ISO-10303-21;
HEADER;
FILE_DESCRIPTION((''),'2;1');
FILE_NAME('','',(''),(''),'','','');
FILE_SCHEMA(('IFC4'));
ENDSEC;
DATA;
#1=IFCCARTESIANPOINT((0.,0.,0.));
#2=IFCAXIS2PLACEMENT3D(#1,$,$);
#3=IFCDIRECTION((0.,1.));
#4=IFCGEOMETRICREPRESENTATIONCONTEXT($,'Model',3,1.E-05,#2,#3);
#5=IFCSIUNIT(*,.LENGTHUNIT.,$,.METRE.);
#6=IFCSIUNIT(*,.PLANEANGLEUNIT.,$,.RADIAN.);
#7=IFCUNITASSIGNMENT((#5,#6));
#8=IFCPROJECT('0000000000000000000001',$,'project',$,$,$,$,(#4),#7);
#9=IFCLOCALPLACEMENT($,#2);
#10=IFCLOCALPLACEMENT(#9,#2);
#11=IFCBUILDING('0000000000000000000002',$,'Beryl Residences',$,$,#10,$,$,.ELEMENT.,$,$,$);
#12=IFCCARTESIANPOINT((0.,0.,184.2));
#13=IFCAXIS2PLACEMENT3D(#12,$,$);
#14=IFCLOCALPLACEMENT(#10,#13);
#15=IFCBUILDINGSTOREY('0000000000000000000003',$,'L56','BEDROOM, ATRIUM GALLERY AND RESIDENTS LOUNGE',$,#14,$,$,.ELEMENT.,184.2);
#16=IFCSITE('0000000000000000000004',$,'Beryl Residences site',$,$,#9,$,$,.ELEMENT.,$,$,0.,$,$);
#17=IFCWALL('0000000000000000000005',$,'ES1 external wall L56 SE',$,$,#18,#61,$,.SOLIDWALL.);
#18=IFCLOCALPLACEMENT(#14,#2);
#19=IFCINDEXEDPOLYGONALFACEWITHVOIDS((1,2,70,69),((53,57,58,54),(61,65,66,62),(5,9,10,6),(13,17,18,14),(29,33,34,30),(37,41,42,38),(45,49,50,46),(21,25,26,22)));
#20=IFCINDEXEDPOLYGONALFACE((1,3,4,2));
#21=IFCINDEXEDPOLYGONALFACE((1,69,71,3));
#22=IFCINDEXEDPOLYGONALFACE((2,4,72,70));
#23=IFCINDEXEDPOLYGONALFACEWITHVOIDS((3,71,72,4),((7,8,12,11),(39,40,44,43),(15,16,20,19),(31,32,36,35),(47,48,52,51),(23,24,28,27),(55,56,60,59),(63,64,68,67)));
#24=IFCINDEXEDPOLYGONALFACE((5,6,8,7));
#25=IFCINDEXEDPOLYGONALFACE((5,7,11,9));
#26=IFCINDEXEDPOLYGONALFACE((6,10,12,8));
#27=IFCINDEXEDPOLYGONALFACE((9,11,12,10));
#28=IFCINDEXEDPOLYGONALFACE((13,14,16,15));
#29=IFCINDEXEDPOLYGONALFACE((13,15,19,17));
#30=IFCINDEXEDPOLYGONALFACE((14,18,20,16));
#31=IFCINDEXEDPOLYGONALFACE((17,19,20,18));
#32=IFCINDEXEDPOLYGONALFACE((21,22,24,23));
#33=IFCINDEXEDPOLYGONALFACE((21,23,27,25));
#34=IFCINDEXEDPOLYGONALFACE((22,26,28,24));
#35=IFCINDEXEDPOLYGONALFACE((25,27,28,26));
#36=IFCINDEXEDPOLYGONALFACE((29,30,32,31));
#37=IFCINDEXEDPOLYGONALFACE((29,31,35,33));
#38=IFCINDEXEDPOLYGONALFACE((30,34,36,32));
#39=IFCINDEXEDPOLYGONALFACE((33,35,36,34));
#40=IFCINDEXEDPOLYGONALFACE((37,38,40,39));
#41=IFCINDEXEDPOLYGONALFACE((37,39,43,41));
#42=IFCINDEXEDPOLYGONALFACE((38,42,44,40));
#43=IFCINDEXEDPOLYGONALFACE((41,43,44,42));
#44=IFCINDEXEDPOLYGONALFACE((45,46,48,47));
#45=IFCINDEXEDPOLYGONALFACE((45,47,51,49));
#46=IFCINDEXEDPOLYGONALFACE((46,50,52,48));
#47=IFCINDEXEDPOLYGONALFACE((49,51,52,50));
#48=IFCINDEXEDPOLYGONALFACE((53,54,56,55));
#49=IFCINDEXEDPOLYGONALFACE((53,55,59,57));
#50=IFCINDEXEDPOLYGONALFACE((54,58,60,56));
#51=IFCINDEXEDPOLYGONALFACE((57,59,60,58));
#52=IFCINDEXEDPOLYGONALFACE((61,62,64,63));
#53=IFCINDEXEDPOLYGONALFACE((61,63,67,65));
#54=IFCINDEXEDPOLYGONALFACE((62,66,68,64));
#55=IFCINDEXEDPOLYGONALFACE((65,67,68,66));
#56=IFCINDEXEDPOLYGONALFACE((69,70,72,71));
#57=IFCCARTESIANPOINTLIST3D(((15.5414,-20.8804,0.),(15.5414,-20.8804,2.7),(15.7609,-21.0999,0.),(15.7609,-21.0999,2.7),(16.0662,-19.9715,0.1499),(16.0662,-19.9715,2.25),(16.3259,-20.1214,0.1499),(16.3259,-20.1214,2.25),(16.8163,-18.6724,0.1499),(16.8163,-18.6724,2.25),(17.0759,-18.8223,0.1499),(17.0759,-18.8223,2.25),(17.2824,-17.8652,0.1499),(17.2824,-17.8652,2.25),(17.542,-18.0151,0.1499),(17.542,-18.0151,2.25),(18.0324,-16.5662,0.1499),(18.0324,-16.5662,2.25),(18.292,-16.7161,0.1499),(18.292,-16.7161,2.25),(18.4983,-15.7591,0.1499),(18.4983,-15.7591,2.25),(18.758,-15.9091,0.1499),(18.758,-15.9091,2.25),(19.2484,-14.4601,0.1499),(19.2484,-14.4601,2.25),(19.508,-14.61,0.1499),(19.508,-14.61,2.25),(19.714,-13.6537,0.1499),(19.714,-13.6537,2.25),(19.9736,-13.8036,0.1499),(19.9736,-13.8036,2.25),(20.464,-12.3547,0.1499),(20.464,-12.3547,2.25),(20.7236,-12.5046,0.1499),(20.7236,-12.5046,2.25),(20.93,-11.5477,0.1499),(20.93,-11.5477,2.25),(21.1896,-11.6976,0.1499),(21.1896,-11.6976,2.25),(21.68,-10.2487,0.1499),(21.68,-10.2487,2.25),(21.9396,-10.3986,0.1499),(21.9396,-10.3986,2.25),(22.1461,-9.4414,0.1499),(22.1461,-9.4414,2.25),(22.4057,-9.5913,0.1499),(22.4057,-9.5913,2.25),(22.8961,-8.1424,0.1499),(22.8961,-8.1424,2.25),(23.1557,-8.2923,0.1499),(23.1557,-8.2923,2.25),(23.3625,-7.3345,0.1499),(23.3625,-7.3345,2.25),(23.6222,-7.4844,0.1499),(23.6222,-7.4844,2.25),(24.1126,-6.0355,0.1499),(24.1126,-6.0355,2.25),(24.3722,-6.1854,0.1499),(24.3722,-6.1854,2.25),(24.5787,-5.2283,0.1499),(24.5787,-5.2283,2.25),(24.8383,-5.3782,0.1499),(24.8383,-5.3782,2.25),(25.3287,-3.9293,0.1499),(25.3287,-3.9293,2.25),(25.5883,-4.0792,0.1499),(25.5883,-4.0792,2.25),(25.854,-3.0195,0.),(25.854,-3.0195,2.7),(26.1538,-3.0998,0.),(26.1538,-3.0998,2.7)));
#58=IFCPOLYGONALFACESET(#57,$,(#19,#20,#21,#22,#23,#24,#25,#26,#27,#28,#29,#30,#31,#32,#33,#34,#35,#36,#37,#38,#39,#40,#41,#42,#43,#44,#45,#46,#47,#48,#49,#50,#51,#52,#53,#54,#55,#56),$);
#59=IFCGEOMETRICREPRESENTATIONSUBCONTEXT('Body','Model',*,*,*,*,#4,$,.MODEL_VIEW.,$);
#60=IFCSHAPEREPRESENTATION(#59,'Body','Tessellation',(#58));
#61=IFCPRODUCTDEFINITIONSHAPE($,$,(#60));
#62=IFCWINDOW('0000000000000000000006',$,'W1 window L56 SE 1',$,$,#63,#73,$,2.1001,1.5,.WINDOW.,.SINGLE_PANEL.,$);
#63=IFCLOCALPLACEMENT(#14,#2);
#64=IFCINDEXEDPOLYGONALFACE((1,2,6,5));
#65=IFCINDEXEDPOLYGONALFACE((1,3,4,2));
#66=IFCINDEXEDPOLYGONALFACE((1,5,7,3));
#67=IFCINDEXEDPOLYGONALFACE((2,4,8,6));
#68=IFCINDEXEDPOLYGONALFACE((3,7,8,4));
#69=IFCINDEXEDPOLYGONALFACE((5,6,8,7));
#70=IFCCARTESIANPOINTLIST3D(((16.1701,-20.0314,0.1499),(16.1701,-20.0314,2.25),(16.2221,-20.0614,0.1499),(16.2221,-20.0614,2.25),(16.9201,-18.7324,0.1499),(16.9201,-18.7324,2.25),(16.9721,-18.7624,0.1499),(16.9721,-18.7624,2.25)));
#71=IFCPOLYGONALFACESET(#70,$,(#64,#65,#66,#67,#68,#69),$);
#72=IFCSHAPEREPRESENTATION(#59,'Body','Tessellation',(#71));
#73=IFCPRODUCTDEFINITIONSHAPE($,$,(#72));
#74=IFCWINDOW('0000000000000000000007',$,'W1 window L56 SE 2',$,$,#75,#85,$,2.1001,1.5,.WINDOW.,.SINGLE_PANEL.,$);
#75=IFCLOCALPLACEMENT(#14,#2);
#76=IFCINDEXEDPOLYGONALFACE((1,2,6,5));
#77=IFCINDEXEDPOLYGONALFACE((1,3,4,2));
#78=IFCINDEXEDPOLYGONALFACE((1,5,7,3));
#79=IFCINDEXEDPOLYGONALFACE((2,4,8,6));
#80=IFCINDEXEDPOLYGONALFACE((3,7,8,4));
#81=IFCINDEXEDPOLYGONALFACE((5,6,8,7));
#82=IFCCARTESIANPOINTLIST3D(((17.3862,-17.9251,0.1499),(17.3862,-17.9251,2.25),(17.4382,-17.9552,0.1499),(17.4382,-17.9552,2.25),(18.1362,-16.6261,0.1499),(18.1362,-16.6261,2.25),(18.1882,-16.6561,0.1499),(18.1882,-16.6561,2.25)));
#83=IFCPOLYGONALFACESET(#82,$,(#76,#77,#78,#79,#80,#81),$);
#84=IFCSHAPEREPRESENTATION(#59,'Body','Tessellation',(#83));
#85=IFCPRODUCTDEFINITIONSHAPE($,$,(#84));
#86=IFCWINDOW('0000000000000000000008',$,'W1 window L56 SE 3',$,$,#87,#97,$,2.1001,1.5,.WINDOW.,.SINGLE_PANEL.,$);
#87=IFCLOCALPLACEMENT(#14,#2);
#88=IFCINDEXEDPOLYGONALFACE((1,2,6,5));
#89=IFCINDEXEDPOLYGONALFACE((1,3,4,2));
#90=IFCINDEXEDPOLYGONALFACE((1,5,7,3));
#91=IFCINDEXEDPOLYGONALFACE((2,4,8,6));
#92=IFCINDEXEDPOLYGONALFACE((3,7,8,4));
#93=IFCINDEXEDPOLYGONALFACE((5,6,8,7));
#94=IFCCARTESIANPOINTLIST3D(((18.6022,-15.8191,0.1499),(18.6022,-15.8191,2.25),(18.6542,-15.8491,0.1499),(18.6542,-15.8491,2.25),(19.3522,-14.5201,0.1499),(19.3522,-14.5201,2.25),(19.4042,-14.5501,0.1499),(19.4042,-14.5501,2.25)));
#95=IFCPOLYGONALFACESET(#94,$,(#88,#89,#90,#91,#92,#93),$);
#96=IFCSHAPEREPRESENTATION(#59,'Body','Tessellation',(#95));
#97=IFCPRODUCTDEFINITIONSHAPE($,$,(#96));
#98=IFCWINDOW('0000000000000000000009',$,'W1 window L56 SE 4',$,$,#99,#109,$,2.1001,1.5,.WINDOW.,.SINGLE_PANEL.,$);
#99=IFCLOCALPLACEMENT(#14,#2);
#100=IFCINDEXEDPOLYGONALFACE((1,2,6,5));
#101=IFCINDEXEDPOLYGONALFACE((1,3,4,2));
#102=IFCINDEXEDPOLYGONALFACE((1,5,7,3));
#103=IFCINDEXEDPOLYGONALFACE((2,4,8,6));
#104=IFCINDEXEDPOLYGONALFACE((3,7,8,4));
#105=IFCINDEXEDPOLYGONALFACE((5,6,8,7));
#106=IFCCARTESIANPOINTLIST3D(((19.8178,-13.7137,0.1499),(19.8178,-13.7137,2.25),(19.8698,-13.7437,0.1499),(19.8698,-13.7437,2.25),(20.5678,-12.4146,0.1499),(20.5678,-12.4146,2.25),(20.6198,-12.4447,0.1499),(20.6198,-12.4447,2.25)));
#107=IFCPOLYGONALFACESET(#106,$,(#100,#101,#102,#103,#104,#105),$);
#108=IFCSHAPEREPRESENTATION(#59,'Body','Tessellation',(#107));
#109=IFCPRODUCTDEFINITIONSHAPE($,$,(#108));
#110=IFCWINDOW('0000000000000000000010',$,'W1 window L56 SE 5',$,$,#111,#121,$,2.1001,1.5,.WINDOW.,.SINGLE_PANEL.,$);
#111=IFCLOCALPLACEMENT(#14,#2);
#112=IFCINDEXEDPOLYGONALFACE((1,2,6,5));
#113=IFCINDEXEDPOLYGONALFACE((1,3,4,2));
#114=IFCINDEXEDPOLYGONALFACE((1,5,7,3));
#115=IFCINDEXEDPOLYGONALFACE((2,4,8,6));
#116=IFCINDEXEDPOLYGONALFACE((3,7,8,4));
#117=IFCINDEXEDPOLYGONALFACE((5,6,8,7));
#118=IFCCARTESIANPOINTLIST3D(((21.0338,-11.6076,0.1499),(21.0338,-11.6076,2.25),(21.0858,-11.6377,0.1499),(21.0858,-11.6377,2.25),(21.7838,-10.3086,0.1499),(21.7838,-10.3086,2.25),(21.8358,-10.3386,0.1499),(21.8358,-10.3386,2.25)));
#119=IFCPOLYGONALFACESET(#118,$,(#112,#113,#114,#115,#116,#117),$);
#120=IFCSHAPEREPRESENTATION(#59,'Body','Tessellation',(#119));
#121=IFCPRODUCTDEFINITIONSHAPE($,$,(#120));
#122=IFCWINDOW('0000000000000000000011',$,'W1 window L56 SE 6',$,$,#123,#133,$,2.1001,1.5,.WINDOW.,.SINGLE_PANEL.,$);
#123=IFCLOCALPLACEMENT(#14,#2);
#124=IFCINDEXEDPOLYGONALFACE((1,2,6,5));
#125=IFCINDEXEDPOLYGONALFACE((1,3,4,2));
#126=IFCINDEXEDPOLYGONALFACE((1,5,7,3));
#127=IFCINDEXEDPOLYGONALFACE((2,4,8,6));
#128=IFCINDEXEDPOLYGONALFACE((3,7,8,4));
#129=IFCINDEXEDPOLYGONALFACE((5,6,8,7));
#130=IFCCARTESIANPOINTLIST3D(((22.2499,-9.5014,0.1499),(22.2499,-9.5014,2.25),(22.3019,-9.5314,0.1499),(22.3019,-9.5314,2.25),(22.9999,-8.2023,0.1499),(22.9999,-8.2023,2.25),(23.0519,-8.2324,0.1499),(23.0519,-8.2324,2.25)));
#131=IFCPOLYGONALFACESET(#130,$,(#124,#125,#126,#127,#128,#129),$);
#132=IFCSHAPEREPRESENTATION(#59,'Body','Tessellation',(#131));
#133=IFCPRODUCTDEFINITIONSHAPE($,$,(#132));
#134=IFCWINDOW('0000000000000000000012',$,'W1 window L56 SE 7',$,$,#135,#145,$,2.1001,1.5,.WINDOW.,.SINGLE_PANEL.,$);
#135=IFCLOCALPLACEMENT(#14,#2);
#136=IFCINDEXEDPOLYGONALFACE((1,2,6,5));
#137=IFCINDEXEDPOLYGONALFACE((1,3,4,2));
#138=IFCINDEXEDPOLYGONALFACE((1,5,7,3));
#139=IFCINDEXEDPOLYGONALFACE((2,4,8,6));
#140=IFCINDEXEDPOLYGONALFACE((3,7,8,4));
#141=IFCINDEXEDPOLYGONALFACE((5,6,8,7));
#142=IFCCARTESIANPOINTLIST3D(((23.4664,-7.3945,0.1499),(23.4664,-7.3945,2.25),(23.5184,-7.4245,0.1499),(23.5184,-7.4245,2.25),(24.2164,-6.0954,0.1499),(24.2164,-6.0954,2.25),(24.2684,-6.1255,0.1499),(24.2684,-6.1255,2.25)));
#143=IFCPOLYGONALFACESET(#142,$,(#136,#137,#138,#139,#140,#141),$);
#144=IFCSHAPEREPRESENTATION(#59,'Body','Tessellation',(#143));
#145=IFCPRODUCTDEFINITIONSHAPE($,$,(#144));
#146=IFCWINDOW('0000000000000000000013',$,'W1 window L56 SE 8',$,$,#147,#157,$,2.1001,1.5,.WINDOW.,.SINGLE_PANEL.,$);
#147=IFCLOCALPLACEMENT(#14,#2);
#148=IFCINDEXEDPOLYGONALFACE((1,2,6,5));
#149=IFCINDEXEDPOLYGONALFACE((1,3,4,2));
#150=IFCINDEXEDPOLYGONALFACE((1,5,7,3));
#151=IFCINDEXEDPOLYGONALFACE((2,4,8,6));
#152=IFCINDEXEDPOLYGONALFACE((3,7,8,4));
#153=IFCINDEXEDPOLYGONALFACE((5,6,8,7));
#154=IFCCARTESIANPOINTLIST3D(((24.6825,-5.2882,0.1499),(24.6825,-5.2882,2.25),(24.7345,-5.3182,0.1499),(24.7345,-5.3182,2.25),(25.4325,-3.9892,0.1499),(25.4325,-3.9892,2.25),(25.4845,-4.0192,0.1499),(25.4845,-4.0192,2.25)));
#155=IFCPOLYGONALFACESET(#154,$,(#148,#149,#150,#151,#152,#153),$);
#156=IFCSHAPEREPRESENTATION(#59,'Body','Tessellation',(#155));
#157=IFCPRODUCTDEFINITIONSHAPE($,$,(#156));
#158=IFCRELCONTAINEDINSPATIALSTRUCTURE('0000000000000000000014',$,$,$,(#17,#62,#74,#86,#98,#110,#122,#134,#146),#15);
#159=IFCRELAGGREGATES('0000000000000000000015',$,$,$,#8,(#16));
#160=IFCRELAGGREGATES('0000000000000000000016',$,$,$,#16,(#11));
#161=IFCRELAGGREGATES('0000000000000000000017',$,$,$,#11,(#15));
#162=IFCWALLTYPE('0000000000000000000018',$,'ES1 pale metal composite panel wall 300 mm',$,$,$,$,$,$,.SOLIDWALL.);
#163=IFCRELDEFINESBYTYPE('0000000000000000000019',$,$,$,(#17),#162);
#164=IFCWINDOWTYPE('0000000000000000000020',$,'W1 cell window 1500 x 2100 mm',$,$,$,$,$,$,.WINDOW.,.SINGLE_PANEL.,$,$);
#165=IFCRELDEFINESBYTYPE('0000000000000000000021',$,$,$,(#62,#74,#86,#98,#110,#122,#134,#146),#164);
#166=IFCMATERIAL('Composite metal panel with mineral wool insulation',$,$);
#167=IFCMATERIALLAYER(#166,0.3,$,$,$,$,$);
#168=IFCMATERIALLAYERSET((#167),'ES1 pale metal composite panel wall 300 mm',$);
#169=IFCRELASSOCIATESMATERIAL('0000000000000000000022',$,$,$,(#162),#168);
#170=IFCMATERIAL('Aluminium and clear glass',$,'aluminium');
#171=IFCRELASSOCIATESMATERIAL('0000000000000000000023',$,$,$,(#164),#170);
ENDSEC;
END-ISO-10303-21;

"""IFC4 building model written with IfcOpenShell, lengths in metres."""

from ifc_helpers import new_model, si_unit, direction, frame, frame_2d, origin, place, context, subcontext, project, spatial, polyline, rectangle, outline, extrude, material, layer, layer_set, type_object, element, fill, save


model = new_model("IFC4")

# Units and contexts
model_context = context("Model", 3, precision=1e-05, world=origin(), true_north=direction((0.0, 1.0)))
body_context = subcontext(model_context, "Body", "Model", "MODEL_VIEW")
ifc_project = project(units=[si_unit("LENGTHUNIT", "METRE"), si_unit("PLANEANGLEUNIT", "RADIAN")], contexts=[model_context])

# Site, building, storey
site_placement = place(None, origin())
site = spatial("IfcSite", under=ifc_project, at=site_placement, Name="Beryl Residences site", CompositionType="ELEMENT", RefElevation=0.0)
building_placement = place(site_placement, origin())
building = spatial("IfcBuilding", under=site, at=building_placement, Name="Beryl Residences", CompositionType="ELEMENT")
storey_placement = place(building_placement, frame((0.0, 0.0, 184.2)))
storey = spatial("IfcBuildingStorey", under=building, at=storey_placement, Name="L56", Description="BEDROOM, ATRIUM GALLERY AND RESIDENTS LOUNGE", CompositionType="ELEMENT", Elevation=184.2)

# Wall, openings, windows
ifc_material_1 = material(Name="Composite metal panel with mineral wool insulation")
ifc_layer_1 = layer(ifc_material_1, 0.3)
ifc_layer_set_1 = layer_set([ifc_layer_1], Name="ES1 pale metal composite panel wall 300 mm")
wall_type_1 = type_object("IfcWallType", Name="ES1 pale metal composite panel wall 300 mm", PredefinedType="SOLIDWALL", material=ifc_layer_set_1)
wall_1_placement = place(storey_placement, frame((15.6311, -21.0249, 0.0), z_axis=(0.0, 0.0, 1.0), x_axis=(0.500019, 0.866015, 0.0)))
wall_1 = element("IfcWall", 1, at=wall_1_placement, inside=storey, type_object=wall_type_1, Name="ES1 external wall L56 SE", PredefinedType="SOLIDWALL", context=body_context, shape_type="SweptSolid", body=[
    extrude(outline(polyline([(0.0, -0.1499), (20.7849, -0.1499), (20.7046, 0.1499), (0.0803, 0.1499), (0.0, -0.1499)])), origin(), (0.0, 0.0, 1.0), 2.7),
])
opening_1_placement = place(wall_1_placement, frame((1.1299, 0.0, 0.1499)))
opening_1 = element("IfcOpeningElement", 2, at=opening_1_placement, cuts=wall_1, PredefinedType="OPENING", context=body_context, shape_type="SweptSolid", body=[
    extrude(rectangle(XDim=1.5, YDim=2.1001, at=frame_2d((0.75, 1.05))), frame((0.0, 0.1599, 0.0), z_axis=(0.0, -1.0, 0.0), x_axis=(1.0, 0.0, 0.0)), (0.0, 0.0, 1.0), 0.3201),
])
opening_2_placement = place(wall_1_placement, frame((3.562, 0.0, 0.1499)))
opening_2 = element("IfcOpeningElement", 3, at=opening_2_placement, cuts=wall_1, PredefinedType="OPENING", context=body_context, shape_type="SweptSolid", body=[
    extrude(rectangle(XDim=1.5, YDim=2.1001, at=frame_2d((0.75, 1.05))), frame((0.0, 0.1599, 0.0), z_axis=(0.0, -1.0, 0.0), x_axis=(1.0, 0.0, 0.0)), (0.0, 0.0, 1.0), 0.3201),
])
opening_3_placement = place(wall_1_placement, frame((5.9939, 0.0, 0.1499)))
opening_3 = element("IfcOpeningElement", 4, at=opening_3_placement, cuts=wall_1, PredefinedType="OPENING", context=body_context, shape_type="SweptSolid", body=[
    extrude(rectangle(XDim=1.5, YDim=2.1001, at=frame_2d((0.75, 1.05))), frame((0.0, 0.1599, 0.0), z_axis=(0.0, -1.0, 0.0), x_axis=(1.0, 0.0, 0.0)), (0.0, 0.0, 1.0), 0.3201),
])
opening_4_placement = place(wall_1_placement, frame((8.425, 0.0, 0.1499)))
opening_4 = element("IfcOpeningElement", 5, at=opening_4_placement, cuts=wall_1, PredefinedType="OPENING", context=body_context, shape_type="SweptSolid", body=[
    extrude(rectangle(XDim=1.5, YDim=2.1001, at=frame_2d((0.75, 1.05))), frame((0.0, 0.1599, 0.0), z_axis=(0.0, -1.0, 0.0), x_axis=(1.0, 0.0, 0.0)), (0.0, 0.0, 1.0), 0.3201),
])
opening_5_placement = place(wall_1_placement, frame((10.8569, 0.0, 0.1499)))
opening_5 = element("IfcOpeningElement", 6, at=opening_5_placement, cuts=wall_1, PredefinedType="OPENING", context=body_context, shape_type="SweptSolid", body=[
    extrude(rectangle(XDim=1.5, YDim=2.1001, at=frame_2d((0.75, 1.05))), frame((0.0, 0.1599, 0.0), z_axis=(0.0, -1.0, 0.0), x_axis=(1.0, 0.0, 0.0)), (0.0, 0.0, 1.0), 0.3201),
])
opening_6_placement = place(wall_1_placement, frame((13.2891, 0.0, 0.1499)))
opening_6 = element("IfcOpeningElement", 7, at=opening_6_placement, cuts=wall_1, PredefinedType="OPENING", context=body_context, shape_type="SweptSolid", body=[
    extrude(rectangle(XDim=1.5, YDim=2.1001, at=frame_2d((0.75, 1.05))), frame((0.0, 0.1599, 0.0), z_axis=(0.0, -1.0, 0.0), x_axis=(1.0, 0.0, 0.0)), (0.0, 0.0, 1.0), 0.3201),
])
opening_7_placement = place(wall_1_placement, frame((15.7219, 0.0, 0.1499)))
opening_7 = element("IfcOpeningElement", 8, at=opening_7_placement, cuts=wall_1, PredefinedType="OPENING", context=body_context, shape_type="SweptSolid", body=[
    extrude(rectangle(XDim=1.5, YDim=2.1001, at=frame_2d((0.75, 1.05))), frame((0.0, 0.1599, 0.0), z_axis=(0.0, -1.0, 0.0), x_axis=(1.0, 0.0, 0.0)), (0.0, 0.0, 1.0), 0.3201),
])
opening_8_placement = place(wall_1_placement, frame((18.1541, 0.0, 0.1499)))
opening_8 = element("IfcOpeningElement", 9, at=opening_8_placement, cuts=wall_1, PredefinedType="OPENING", context=body_context, shape_type="SweptSolid", body=[
    extrude(rectangle(XDim=1.5, YDim=2.1001, at=frame_2d((0.75, 1.05))), frame((0.0, 0.1599, 0.0), z_axis=(0.0, -1.0, 0.0), x_axis=(1.0, 0.0, 0.0)), (0.0, 0.0, 1.0), 0.3201),
])
ifc_material_2 = material(Name="Aluminium and clear glass", Category="aluminium")
window_type = type_object("IfcWindowType", Name="W1 cell window 1500 x 2100 mm", PartitioningType="SINGLE_PANEL", PredefinedType="WINDOW", material=ifc_material_2)
window_1_placement = place(opening_1_placement, origin())
window_1 = element("IfcWindow", 10, at=window_1_placement, inside=storey, type_object=window_type, Name="W1 window L56 SE 1", OverallHeight=2.1001, OverallWidth=1.5, PartitioningType="SINGLE_PANEL", PredefinedType="WINDOW", context=body_context, shape_type="SweptSolid", body=[
    extrude(rectangle(XDim=1.5, YDim=2.1001, at=frame_2d((0.75, 1.05))), frame((0.0, 0.03, 0.0), z_axis=(0.0, -1.0, 0.0), x_axis=(1.0, 0.0, 0.0)), (0.0, 0.0, 1.0), 0.0601),
])
fill(opening_1, window_1)
window_2_placement = place(opening_2_placement, origin())
window_2 = element("IfcWindow", 11, at=window_2_placement, inside=storey, type_object=window_type, Name="W1 window L56 SE 2", OverallHeight=2.1001, OverallWidth=1.5, PartitioningType="SINGLE_PANEL", PredefinedType="WINDOW", context=body_context, shape_type="SweptSolid", body=[
    extrude(rectangle(XDim=1.5, YDim=2.1001, at=frame_2d((0.75, 1.05))), frame((0.0, 0.03, 0.0), z_axis=(0.0, -1.0, 0.0), x_axis=(1.0, 0.0, 0.0)), (0.0, 0.0, 1.0), 0.0601),
])
fill(opening_2, window_2)
window_3_placement = place(opening_3_placement, origin())
window_3 = element("IfcWindow", 12, at=window_3_placement, inside=storey, type_object=window_type, Name="W1 window L56 SE 3", OverallHeight=2.1001, OverallWidth=1.5, PartitioningType="SINGLE_PANEL", PredefinedType="WINDOW", context=body_context, shape_type="SweptSolid", body=[
    extrude(rectangle(XDim=1.5, YDim=2.1001, at=frame_2d((0.75, 1.05))), frame((0.0, 0.03, 0.0), z_axis=(0.0, -1.0, 0.0), x_axis=(1.0, 0.0, 0.0)), (0.0, 0.0, 1.0), 0.0601),
])
fill(opening_3, window_3)
window_4_placement = place(opening_4_placement, origin())
window_4 = element("IfcWindow", 13, at=window_4_placement, inside=storey, type_object=window_type, Name="W1 window L56 SE 4", OverallHeight=2.1001, OverallWidth=1.5, PartitioningType="SINGLE_PANEL", PredefinedType="WINDOW", context=body_context, shape_type="SweptSolid", body=[
    extrude(rectangle(XDim=1.5, YDim=2.1001, at=frame_2d((0.75, 1.05))), frame((0.0, 0.03, 0.0), z_axis=(0.0, -1.0, 0.0), x_axis=(1.0, 0.0, 0.0)), (0.0, 0.0, 1.0), 0.0601),
])
fill(opening_4, window_4)
window_5_placement = place(opening_5_placement, origin())
window_5 = element("IfcWindow", 14, at=window_5_placement, inside=storey, type_object=window_type, Name="W1 window L56 SE 5", OverallHeight=2.1001, OverallWidth=1.5, PartitioningType="SINGLE_PANEL", PredefinedType="WINDOW", context=body_context, shape_type="SweptSolid", body=[
    extrude(rectangle(XDim=1.5, YDim=2.1001, at=frame_2d((0.75, 1.05))), frame((0.0, 0.03, 0.0), z_axis=(0.0, -1.0, 0.0), x_axis=(1.0, 0.0, 0.0)), (0.0, 0.0, 1.0), 0.0601),
])
fill(opening_5, window_5)
window_6_placement = place(opening_6_placement, origin())
window_6 = element("IfcWindow", 15, at=window_6_placement, inside=storey, type_object=window_type, Name="W1 window L56 SE 6", OverallHeight=2.1001, OverallWidth=1.5, PartitioningType="SINGLE_PANEL", PredefinedType="WINDOW", context=body_context, shape_type="SweptSolid", body=[
    extrude(rectangle(XDim=1.5, YDim=2.1001, at=frame_2d((0.75, 1.05))), frame((0.0, 0.03, 0.0), z_axis=(0.0, -1.0, 0.0), x_axis=(1.0, 0.0, 0.0)), (0.0, 0.0, 1.0), 0.0601),
])
fill(opening_6, window_6)
window_7_placement = place(opening_7_placement, origin())
window_7 = element("IfcWindow", 16, at=window_7_placement, inside=storey, type_object=window_type, Name="W1 window L56 SE 7", OverallHeight=2.1001, OverallWidth=1.5, PartitioningType="SINGLE_PANEL", PredefinedType="WINDOW", context=body_context, shape_type="SweptSolid", body=[
    extrude(rectangle(XDim=1.5, YDim=2.1001, at=frame_2d((0.75, 1.05))), frame((0.0, 0.03, 0.0), z_axis=(0.0, -1.0, 0.0), x_axis=(1.0, 0.0, 0.0)), (0.0, 0.0, 1.0), 0.0601),
])
fill(opening_7, window_7)
window_8_placement = place(opening_8_placement, origin())
window_8 = element("IfcWindow", 17, at=window_8_placement, inside=storey, type_object=window_type, Name="W1 window L56 SE 8", OverallHeight=2.1001, OverallWidth=1.5, PartitioningType="SINGLE_PANEL", PredefinedType="WINDOW", context=body_context, shape_type="SweptSolid", body=[
    extrude(rectangle(XDim=1.5, YDim=2.1001, at=frame_2d((0.75, 1.05))), frame((0.0, 0.03, 0.0), z_axis=(0.0, -1.0, 0.0), x_axis=(1.0, 0.0, 0.0)), (0.0, 0.0, 1.0), 0.0601),
])
fill(opening_8, window_8)

save(model, "model.ifc")
